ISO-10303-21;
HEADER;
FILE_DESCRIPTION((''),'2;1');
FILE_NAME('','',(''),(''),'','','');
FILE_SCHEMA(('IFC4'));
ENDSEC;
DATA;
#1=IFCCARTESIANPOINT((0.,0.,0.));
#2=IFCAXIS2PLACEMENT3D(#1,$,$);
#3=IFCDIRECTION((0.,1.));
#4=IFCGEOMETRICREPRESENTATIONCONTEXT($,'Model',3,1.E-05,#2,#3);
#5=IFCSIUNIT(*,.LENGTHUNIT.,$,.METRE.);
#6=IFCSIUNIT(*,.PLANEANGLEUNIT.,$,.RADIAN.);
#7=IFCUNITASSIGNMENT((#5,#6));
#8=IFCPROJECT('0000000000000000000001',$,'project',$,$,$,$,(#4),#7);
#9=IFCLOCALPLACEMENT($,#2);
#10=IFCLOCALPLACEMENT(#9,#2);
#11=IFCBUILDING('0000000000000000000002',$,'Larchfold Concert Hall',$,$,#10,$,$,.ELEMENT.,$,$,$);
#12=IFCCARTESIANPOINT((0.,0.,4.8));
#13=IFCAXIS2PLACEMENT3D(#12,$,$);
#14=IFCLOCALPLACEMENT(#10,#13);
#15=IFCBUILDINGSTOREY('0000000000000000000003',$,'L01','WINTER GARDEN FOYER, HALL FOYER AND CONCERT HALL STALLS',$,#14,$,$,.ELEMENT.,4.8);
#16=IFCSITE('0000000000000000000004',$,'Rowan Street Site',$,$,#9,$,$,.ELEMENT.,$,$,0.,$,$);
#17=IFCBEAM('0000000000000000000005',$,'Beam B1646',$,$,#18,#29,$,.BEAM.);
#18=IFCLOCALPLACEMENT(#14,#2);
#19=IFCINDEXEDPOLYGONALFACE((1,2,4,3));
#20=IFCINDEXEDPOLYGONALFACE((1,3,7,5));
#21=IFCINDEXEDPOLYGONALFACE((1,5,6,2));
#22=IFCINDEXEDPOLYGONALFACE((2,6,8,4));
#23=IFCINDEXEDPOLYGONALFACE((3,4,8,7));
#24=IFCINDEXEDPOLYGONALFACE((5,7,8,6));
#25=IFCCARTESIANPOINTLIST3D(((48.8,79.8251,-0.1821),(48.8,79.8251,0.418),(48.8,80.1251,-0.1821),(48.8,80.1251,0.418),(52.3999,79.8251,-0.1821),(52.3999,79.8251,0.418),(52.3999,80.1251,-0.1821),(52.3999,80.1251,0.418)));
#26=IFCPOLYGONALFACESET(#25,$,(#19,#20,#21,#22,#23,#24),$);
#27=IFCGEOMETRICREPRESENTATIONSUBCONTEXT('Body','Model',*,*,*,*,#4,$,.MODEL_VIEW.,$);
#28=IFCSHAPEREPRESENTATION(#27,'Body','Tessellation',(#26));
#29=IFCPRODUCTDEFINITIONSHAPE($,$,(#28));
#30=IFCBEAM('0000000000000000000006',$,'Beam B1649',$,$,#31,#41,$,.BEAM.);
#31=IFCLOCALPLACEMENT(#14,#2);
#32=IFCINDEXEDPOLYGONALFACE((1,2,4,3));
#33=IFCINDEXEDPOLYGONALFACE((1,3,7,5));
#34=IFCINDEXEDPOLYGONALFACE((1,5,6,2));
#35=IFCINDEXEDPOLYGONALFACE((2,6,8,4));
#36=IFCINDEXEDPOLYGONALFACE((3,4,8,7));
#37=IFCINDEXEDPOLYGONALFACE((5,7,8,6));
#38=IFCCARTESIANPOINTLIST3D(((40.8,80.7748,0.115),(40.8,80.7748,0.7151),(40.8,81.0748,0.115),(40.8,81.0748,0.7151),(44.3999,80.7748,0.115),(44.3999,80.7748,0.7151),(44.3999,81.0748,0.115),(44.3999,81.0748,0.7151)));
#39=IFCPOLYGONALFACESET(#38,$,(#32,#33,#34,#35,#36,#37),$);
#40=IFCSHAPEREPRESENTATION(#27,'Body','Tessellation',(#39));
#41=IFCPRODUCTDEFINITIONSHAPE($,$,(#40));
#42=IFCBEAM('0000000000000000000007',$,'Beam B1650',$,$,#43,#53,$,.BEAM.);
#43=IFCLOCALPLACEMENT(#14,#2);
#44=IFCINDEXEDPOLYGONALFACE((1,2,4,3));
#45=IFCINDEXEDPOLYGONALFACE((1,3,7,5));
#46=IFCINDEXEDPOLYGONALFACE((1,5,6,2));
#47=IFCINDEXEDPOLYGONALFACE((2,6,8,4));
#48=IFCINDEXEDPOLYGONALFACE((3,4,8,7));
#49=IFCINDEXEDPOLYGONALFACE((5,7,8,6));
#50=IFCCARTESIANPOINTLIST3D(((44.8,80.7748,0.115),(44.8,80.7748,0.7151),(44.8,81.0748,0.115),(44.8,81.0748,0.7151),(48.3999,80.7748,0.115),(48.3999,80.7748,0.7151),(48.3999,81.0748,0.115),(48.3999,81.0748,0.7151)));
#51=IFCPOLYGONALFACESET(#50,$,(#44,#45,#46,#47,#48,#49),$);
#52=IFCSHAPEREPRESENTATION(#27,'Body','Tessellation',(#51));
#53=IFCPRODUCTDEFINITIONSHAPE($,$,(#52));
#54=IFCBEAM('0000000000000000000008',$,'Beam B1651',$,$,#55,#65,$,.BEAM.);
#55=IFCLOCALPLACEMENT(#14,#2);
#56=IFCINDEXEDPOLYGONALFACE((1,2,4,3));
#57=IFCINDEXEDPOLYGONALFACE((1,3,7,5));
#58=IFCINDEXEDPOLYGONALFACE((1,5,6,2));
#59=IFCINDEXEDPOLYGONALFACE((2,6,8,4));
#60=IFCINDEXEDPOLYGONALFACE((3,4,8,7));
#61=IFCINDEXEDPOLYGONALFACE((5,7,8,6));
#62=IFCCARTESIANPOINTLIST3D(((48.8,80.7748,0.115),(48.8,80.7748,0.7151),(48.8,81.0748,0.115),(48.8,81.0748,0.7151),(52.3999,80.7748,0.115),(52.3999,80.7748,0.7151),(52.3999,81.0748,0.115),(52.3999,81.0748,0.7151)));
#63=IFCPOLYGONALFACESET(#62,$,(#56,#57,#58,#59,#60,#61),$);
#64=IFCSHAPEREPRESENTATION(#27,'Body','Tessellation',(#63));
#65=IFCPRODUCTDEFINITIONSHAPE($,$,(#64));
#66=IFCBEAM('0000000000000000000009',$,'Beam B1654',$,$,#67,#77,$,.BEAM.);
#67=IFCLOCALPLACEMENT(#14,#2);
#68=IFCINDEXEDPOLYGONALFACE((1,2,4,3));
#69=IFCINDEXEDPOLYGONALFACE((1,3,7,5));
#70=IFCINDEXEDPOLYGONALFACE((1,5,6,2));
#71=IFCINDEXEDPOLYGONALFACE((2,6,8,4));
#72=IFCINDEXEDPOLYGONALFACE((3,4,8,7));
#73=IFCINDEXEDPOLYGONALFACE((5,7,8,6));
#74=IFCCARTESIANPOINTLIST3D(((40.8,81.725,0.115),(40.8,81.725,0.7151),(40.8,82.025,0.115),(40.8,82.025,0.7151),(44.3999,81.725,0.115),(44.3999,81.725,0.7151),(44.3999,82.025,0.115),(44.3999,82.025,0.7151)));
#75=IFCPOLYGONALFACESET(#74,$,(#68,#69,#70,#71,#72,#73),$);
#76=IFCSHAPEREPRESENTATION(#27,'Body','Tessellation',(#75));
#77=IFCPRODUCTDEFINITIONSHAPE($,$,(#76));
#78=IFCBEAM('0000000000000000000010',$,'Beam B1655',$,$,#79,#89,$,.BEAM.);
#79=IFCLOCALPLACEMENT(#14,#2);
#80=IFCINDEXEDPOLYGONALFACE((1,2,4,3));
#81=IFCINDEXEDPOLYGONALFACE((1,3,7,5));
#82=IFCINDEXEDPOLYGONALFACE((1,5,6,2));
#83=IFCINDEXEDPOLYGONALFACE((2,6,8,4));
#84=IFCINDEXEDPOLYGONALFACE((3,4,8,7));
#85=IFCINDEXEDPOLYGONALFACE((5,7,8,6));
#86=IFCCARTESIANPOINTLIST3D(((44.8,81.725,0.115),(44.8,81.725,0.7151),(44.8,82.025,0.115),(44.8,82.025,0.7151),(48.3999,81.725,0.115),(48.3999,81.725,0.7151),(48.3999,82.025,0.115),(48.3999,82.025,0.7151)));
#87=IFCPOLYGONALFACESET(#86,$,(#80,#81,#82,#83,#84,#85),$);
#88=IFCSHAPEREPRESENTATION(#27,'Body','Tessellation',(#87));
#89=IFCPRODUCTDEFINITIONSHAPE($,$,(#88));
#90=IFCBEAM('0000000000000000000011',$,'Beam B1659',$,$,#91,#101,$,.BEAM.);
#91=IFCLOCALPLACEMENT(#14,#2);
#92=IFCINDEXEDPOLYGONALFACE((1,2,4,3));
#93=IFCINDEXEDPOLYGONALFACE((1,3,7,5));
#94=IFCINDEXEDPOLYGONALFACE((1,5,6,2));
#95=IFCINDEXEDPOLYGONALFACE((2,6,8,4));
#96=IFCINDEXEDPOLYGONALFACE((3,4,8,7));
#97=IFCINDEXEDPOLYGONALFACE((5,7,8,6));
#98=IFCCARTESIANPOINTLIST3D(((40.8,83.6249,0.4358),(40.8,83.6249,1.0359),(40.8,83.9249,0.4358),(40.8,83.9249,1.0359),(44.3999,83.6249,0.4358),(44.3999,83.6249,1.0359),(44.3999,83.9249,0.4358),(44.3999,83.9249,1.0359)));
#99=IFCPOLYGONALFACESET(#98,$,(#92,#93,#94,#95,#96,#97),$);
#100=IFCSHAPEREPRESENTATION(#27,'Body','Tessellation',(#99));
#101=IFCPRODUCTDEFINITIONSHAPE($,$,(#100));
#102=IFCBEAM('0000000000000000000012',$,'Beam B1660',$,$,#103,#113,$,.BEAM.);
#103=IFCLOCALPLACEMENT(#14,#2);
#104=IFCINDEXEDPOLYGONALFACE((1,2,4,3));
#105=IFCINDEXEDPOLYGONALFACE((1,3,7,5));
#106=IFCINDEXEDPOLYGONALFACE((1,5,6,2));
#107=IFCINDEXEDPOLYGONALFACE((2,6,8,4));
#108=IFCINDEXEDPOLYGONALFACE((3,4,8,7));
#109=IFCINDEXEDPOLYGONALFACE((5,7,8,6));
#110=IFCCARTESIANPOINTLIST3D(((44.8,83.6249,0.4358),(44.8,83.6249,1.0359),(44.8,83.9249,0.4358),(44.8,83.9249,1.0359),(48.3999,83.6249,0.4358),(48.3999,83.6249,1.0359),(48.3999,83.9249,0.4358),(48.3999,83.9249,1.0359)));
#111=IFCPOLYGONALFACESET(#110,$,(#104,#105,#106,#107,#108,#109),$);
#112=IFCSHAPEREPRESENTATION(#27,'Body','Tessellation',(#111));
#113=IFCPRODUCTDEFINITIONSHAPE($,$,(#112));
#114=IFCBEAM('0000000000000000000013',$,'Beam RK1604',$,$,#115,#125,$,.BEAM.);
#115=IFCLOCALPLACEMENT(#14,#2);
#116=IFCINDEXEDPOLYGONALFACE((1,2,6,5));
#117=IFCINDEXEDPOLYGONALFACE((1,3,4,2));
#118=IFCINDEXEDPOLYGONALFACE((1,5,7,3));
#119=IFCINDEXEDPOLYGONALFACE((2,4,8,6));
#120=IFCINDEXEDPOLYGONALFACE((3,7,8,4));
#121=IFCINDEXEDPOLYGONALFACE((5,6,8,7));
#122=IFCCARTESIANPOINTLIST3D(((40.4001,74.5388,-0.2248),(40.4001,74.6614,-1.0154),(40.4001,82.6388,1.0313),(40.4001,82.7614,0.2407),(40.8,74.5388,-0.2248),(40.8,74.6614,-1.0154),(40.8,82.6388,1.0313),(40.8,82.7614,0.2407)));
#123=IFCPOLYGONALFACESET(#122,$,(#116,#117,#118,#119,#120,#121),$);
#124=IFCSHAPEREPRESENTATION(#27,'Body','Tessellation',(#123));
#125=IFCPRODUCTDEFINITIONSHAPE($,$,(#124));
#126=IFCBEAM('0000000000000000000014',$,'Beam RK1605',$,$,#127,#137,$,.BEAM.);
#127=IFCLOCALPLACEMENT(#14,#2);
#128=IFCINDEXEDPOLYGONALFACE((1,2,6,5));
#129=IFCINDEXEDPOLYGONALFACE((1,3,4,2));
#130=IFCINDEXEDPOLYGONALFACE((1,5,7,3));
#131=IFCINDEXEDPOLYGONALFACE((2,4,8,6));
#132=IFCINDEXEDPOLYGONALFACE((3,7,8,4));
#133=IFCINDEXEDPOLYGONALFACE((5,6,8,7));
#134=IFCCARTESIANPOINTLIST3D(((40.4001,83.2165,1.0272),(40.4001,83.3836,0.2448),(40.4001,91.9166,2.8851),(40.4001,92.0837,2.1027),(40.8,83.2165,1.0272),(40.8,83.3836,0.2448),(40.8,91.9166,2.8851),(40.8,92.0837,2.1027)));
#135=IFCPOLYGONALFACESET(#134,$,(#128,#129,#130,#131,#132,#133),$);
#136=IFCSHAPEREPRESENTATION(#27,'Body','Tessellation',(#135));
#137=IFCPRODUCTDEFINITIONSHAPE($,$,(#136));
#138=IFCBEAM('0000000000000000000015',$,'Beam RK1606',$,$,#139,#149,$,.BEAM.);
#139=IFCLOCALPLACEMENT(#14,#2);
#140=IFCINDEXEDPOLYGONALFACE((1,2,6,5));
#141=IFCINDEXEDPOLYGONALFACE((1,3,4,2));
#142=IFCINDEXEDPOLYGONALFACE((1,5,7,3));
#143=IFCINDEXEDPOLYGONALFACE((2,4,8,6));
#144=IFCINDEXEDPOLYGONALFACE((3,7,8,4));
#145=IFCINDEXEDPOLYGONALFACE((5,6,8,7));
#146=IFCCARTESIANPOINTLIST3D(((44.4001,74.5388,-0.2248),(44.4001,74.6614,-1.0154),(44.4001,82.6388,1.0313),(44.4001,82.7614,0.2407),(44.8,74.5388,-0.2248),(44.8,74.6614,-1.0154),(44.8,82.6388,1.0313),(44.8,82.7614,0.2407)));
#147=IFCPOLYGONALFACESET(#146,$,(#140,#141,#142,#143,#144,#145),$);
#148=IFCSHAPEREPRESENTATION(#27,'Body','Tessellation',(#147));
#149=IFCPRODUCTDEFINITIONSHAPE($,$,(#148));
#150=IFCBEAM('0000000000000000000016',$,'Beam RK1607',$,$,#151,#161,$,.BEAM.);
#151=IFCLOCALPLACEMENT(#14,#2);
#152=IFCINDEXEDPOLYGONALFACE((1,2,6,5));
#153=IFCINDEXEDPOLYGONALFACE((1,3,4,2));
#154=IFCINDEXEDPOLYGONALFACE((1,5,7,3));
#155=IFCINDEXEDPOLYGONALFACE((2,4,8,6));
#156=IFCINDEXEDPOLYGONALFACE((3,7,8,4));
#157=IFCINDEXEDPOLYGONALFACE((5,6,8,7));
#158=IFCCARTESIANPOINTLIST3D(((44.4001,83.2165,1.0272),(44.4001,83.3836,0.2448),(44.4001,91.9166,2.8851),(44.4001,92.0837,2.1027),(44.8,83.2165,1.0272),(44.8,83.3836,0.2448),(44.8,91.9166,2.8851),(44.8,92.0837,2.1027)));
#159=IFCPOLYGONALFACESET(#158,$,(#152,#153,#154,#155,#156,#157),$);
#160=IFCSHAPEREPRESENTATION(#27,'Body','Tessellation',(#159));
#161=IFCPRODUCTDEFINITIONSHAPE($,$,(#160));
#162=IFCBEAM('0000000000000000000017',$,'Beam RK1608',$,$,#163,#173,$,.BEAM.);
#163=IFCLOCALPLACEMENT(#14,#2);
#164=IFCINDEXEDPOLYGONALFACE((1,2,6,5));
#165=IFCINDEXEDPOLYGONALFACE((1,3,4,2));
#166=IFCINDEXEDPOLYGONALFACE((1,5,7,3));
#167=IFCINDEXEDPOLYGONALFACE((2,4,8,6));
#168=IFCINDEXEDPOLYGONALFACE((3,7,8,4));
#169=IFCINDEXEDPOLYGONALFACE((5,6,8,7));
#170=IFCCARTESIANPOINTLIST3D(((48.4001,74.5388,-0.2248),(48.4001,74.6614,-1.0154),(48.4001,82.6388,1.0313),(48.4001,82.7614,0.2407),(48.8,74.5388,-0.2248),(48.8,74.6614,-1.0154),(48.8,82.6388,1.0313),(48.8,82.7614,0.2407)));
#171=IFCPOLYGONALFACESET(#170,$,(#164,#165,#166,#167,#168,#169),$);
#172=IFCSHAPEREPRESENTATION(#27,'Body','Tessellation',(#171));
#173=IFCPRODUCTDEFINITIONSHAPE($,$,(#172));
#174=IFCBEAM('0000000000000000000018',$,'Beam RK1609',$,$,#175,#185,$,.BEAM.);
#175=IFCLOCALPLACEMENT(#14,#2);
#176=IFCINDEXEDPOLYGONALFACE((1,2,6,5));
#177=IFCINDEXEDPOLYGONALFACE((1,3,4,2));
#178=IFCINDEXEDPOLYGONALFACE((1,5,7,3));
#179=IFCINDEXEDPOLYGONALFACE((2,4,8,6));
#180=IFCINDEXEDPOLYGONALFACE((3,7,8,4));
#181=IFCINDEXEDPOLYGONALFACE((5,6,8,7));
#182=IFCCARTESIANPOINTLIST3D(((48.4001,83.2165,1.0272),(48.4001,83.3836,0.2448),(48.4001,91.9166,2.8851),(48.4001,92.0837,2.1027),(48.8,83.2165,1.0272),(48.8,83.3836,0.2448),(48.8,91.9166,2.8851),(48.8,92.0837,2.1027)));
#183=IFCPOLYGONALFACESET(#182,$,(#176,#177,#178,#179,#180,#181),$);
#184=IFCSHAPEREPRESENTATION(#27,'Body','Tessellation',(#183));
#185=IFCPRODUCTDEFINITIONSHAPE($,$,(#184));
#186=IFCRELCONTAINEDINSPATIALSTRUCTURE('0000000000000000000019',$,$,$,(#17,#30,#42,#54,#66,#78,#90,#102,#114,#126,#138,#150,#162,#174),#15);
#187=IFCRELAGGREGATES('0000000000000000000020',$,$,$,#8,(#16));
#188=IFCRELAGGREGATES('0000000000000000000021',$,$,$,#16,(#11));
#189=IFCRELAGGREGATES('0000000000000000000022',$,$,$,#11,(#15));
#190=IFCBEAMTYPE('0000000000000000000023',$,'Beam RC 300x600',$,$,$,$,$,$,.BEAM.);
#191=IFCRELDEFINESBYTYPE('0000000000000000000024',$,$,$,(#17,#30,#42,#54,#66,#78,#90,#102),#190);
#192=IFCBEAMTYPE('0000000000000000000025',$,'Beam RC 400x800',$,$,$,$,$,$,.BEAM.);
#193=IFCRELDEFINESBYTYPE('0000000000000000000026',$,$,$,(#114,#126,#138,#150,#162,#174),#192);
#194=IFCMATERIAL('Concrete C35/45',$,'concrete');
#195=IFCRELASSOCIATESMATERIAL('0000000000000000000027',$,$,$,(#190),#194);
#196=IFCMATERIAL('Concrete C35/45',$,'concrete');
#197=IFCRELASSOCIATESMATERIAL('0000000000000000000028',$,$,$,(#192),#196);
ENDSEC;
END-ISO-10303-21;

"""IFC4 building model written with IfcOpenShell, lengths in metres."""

from ifc_helpers import new_model, si_unit, direction, frame, origin, origin_2d, place, context, subcontext, project, spatial, rectangle, extrude, material, material_profile, profile_set, type_object, element, save


model = new_model("IFC4")

# Units and contexts
model_context = context("Model", 3, precision=1e-05, world=origin(), true_north=direction((0.0, 1.0)))
body_context = subcontext(model_context, "Body", "Model", "MODEL_VIEW")
ifc_project = project(units=[si_unit("LENGTHUNIT", "METRE"), si_unit("PLANEANGLEUNIT", "RADIAN")], contexts=[model_context])

# Site, building, storey
site_placement = place(None, origin())
site = spatial("IfcSite", under=ifc_project, at=site_placement, Name="Rowan Street Site", CompositionType="ELEMENT", RefElevation=0.0)
building_placement = place(site_placement, origin())
building = spatial("IfcBuilding", under=site, at=building_placement, Name="Larchfold Concert Hall", CompositionType="ELEMENT")
storey_placement = place(building_placement, frame((0.0, 0.0, 4.8)))
storey = spatial("IfcBuildingStorey", under=building, at=storey_placement, Name="L01", Description="WINTER GARDEN FOYER, HALL FOYER AND CONCERT HALL STALLS", CompositionType="ELEMENT", Elevation=4.8)

# Beams
ifc_material_1 = material(Name="Concrete C35/45", Category="concrete")
ifc_material_profile_1 = material_profile(ifc_material_1, rectangle(XDim=0.3, YDim=0.6001, at=origin_2d()))
ifc_profile_set_1 = profile_set([ifc_material_profile_1], Name="Concrete C35/45")
beam_type_1 = type_object("IfcBeamType", Name="Beam RC 300x600", PredefinedType="BEAM", material=ifc_profile_set_1)
for number, where, z_axis, x_axis, name in (
    (1, (48.8, 79.9751, 0.1179), (1.0, 0.0, 0.0), (0.0, 1.0, 0.0), "Beam B1646"),
    (2, (40.8, 80.9248, 0.415), (1.0, 0.0, 0.0), (0.0, 1.0, 0.0), "Beam B1649"),
    (3, (44.8, 80.9248, 0.415), (1.0, 0.0, 0.0), (0.0, 1.0, 0.0), "Beam B1650"),
    (4, (48.8, 80.9248, 0.415), (1.0, 0.0, 0.0), (0.0, 1.0, 0.0), "Beam B1651"),
    (5, (40.8, 81.875, 0.415), (1.0, 0.0, 0.0), (0.0, 1.0, 0.0), "Beam B1654"),
    (6, (44.8, 81.875, 0.415), (1.0, 0.0, 0.0), (0.0, 1.0, 0.0), "Beam B1655"),
    (7, (40.8, 83.7749, 0.7358), (1.0, 0.0, 0.0), (0.0, 1.0, 0.0), "Beam B1659"),
    (8, (44.8, 83.7749, 0.7358), (1.0, 0.0, 0.0), (0.0, 1.0, 0.0), "Beam B1660"),
):
    element("IfcBeam", number, at=place(storey_placement, frame(where, z_axis=z_axis, x_axis=x_axis)), inside=storey, type_object=beam_type_1, Name=name, PredefinedType="BEAM", context=body_context, shape_type="SweptSolid", body=[
        extrude(rectangle(XDim=0.3, YDim=0.6001, at=origin_2d()), origin(), (0.0, 0.0, 1.0), 3.5999),
    ])
ifc_material_2 = material(Name="Concrete C35/45", Category="concrete")
ifc_material_profile_2 = material_profile(ifc_material_2, rectangle(XDim=0.3999, YDim=0.8, at=origin_2d()))
ifc_profile_set_2 = profile_set([ifc_material_profile_2], Name="Concrete C35/45")
beam_type_2 = type_object("IfcBeamType", Name="Beam RC 400x800", PredefinedType="BEAM", material=ifc_profile_set_2)
beam_1_placement = place(storey_placement, frame((40.6001, 74.6001, -0.6201), z_axis=(0.0, 0.988188, 0.153246), x_axis=(-1.0, 0.0, 0.0)))
element("IfcBeam", 9, at=beam_1_placement, inside=storey, type_object=beam_type_2, Name="Beam RK1604", PredefinedType="BEAM", context=body_context, shape_type="SweptSolid", body=[
    extrude(rectangle(XDim=0.3999, YDim=0.8, at=origin_2d()), origin(), (0.0, 0.0, 1.0), 8.1968),
])
beam_2_placement = place(storey_placement, frame((40.6001, 83.3, 0.636), z_axis=(0.0, 0.977949, 0.208845), x_axis=(-1.0, 0.0, 0.0)))
element("IfcBeam", 10, at=beam_2_placement, inside=storey, type_object=beam_type_2, Name="Beam RK1605", PredefinedType="BEAM", context=body_context, shape_type="SweptSolid", body=[
    extrude(rectangle(XDim=0.3999, YDim=0.8, at=origin_2d()), origin(), (0.0, 0.0, 1.0), 8.8962),
])
beam_3_placement = place(storey_placement, frame((44.6001, 74.6001, -0.6201), z_axis=(0.0, 0.988188, 0.153246), x_axis=(-1.0, 0.0, 0.0)))
element("IfcBeam", 11, at=beam_3_placement, inside=storey, type_object=beam_type_2, Name="Beam RK1606", PredefinedType="BEAM", context=body_context, shape_type="SweptSolid", body=[
    extrude(rectangle(XDim=0.3999, YDim=0.8, at=origin_2d()), origin(), (0.0, 0.0, 1.0), 8.1968),
])
beam_4_placement = place(storey_placement, frame((44.6001, 83.3, 0.636), z_axis=(0.0, 0.977949, 0.208845), x_axis=(-1.0, 0.0, 0.0)))
element("IfcBeam", 12, at=beam_4_placement, inside=storey, type_object=beam_type_2, Name="Beam RK1607", PredefinedType="BEAM", context=body_context, shape_type="SweptSolid", body=[
    extrude(rectangle(XDim=0.3999, YDim=0.8, at=origin_2d()), origin(), (0.0, 0.0, 1.0), 8.8962),
])
beam_5_placement = place(storey_placement, frame((48.6001, 74.6001, -0.6201), z_axis=(0.0, 0.988188, 0.153246), x_axis=(-1.0, 0.0, 0.0)))
element("IfcBeam", 13, at=beam_5_placement, inside=storey, type_object=beam_type_2, Name="Beam RK1608", PredefinedType="BEAM", context=body_context, shape_type="SweptSolid", body=[
    extrude(rectangle(XDim=0.3999, YDim=0.8, at=origin_2d()), origin(), (0.0, 0.0, 1.0), 8.1968),
])
beam_6_placement = place(storey_placement, frame((48.6001, 83.3, 0.636), z_axis=(0.0, 0.977949, 0.208845), x_axis=(-1.0, 0.0, 0.0)))
element("IfcBeam", 14, at=beam_6_placement, inside=storey, type_object=beam_type_2, Name="Beam RK1609", PredefinedType="BEAM", context=body_context, shape_type="SweptSolid", body=[
    extrude(rectangle(XDim=0.3999, YDim=0.8, at=origin_2d()), origin(), (0.0, 0.0, 1.0), 8.8962),
])

save(model, "model.ifc")
